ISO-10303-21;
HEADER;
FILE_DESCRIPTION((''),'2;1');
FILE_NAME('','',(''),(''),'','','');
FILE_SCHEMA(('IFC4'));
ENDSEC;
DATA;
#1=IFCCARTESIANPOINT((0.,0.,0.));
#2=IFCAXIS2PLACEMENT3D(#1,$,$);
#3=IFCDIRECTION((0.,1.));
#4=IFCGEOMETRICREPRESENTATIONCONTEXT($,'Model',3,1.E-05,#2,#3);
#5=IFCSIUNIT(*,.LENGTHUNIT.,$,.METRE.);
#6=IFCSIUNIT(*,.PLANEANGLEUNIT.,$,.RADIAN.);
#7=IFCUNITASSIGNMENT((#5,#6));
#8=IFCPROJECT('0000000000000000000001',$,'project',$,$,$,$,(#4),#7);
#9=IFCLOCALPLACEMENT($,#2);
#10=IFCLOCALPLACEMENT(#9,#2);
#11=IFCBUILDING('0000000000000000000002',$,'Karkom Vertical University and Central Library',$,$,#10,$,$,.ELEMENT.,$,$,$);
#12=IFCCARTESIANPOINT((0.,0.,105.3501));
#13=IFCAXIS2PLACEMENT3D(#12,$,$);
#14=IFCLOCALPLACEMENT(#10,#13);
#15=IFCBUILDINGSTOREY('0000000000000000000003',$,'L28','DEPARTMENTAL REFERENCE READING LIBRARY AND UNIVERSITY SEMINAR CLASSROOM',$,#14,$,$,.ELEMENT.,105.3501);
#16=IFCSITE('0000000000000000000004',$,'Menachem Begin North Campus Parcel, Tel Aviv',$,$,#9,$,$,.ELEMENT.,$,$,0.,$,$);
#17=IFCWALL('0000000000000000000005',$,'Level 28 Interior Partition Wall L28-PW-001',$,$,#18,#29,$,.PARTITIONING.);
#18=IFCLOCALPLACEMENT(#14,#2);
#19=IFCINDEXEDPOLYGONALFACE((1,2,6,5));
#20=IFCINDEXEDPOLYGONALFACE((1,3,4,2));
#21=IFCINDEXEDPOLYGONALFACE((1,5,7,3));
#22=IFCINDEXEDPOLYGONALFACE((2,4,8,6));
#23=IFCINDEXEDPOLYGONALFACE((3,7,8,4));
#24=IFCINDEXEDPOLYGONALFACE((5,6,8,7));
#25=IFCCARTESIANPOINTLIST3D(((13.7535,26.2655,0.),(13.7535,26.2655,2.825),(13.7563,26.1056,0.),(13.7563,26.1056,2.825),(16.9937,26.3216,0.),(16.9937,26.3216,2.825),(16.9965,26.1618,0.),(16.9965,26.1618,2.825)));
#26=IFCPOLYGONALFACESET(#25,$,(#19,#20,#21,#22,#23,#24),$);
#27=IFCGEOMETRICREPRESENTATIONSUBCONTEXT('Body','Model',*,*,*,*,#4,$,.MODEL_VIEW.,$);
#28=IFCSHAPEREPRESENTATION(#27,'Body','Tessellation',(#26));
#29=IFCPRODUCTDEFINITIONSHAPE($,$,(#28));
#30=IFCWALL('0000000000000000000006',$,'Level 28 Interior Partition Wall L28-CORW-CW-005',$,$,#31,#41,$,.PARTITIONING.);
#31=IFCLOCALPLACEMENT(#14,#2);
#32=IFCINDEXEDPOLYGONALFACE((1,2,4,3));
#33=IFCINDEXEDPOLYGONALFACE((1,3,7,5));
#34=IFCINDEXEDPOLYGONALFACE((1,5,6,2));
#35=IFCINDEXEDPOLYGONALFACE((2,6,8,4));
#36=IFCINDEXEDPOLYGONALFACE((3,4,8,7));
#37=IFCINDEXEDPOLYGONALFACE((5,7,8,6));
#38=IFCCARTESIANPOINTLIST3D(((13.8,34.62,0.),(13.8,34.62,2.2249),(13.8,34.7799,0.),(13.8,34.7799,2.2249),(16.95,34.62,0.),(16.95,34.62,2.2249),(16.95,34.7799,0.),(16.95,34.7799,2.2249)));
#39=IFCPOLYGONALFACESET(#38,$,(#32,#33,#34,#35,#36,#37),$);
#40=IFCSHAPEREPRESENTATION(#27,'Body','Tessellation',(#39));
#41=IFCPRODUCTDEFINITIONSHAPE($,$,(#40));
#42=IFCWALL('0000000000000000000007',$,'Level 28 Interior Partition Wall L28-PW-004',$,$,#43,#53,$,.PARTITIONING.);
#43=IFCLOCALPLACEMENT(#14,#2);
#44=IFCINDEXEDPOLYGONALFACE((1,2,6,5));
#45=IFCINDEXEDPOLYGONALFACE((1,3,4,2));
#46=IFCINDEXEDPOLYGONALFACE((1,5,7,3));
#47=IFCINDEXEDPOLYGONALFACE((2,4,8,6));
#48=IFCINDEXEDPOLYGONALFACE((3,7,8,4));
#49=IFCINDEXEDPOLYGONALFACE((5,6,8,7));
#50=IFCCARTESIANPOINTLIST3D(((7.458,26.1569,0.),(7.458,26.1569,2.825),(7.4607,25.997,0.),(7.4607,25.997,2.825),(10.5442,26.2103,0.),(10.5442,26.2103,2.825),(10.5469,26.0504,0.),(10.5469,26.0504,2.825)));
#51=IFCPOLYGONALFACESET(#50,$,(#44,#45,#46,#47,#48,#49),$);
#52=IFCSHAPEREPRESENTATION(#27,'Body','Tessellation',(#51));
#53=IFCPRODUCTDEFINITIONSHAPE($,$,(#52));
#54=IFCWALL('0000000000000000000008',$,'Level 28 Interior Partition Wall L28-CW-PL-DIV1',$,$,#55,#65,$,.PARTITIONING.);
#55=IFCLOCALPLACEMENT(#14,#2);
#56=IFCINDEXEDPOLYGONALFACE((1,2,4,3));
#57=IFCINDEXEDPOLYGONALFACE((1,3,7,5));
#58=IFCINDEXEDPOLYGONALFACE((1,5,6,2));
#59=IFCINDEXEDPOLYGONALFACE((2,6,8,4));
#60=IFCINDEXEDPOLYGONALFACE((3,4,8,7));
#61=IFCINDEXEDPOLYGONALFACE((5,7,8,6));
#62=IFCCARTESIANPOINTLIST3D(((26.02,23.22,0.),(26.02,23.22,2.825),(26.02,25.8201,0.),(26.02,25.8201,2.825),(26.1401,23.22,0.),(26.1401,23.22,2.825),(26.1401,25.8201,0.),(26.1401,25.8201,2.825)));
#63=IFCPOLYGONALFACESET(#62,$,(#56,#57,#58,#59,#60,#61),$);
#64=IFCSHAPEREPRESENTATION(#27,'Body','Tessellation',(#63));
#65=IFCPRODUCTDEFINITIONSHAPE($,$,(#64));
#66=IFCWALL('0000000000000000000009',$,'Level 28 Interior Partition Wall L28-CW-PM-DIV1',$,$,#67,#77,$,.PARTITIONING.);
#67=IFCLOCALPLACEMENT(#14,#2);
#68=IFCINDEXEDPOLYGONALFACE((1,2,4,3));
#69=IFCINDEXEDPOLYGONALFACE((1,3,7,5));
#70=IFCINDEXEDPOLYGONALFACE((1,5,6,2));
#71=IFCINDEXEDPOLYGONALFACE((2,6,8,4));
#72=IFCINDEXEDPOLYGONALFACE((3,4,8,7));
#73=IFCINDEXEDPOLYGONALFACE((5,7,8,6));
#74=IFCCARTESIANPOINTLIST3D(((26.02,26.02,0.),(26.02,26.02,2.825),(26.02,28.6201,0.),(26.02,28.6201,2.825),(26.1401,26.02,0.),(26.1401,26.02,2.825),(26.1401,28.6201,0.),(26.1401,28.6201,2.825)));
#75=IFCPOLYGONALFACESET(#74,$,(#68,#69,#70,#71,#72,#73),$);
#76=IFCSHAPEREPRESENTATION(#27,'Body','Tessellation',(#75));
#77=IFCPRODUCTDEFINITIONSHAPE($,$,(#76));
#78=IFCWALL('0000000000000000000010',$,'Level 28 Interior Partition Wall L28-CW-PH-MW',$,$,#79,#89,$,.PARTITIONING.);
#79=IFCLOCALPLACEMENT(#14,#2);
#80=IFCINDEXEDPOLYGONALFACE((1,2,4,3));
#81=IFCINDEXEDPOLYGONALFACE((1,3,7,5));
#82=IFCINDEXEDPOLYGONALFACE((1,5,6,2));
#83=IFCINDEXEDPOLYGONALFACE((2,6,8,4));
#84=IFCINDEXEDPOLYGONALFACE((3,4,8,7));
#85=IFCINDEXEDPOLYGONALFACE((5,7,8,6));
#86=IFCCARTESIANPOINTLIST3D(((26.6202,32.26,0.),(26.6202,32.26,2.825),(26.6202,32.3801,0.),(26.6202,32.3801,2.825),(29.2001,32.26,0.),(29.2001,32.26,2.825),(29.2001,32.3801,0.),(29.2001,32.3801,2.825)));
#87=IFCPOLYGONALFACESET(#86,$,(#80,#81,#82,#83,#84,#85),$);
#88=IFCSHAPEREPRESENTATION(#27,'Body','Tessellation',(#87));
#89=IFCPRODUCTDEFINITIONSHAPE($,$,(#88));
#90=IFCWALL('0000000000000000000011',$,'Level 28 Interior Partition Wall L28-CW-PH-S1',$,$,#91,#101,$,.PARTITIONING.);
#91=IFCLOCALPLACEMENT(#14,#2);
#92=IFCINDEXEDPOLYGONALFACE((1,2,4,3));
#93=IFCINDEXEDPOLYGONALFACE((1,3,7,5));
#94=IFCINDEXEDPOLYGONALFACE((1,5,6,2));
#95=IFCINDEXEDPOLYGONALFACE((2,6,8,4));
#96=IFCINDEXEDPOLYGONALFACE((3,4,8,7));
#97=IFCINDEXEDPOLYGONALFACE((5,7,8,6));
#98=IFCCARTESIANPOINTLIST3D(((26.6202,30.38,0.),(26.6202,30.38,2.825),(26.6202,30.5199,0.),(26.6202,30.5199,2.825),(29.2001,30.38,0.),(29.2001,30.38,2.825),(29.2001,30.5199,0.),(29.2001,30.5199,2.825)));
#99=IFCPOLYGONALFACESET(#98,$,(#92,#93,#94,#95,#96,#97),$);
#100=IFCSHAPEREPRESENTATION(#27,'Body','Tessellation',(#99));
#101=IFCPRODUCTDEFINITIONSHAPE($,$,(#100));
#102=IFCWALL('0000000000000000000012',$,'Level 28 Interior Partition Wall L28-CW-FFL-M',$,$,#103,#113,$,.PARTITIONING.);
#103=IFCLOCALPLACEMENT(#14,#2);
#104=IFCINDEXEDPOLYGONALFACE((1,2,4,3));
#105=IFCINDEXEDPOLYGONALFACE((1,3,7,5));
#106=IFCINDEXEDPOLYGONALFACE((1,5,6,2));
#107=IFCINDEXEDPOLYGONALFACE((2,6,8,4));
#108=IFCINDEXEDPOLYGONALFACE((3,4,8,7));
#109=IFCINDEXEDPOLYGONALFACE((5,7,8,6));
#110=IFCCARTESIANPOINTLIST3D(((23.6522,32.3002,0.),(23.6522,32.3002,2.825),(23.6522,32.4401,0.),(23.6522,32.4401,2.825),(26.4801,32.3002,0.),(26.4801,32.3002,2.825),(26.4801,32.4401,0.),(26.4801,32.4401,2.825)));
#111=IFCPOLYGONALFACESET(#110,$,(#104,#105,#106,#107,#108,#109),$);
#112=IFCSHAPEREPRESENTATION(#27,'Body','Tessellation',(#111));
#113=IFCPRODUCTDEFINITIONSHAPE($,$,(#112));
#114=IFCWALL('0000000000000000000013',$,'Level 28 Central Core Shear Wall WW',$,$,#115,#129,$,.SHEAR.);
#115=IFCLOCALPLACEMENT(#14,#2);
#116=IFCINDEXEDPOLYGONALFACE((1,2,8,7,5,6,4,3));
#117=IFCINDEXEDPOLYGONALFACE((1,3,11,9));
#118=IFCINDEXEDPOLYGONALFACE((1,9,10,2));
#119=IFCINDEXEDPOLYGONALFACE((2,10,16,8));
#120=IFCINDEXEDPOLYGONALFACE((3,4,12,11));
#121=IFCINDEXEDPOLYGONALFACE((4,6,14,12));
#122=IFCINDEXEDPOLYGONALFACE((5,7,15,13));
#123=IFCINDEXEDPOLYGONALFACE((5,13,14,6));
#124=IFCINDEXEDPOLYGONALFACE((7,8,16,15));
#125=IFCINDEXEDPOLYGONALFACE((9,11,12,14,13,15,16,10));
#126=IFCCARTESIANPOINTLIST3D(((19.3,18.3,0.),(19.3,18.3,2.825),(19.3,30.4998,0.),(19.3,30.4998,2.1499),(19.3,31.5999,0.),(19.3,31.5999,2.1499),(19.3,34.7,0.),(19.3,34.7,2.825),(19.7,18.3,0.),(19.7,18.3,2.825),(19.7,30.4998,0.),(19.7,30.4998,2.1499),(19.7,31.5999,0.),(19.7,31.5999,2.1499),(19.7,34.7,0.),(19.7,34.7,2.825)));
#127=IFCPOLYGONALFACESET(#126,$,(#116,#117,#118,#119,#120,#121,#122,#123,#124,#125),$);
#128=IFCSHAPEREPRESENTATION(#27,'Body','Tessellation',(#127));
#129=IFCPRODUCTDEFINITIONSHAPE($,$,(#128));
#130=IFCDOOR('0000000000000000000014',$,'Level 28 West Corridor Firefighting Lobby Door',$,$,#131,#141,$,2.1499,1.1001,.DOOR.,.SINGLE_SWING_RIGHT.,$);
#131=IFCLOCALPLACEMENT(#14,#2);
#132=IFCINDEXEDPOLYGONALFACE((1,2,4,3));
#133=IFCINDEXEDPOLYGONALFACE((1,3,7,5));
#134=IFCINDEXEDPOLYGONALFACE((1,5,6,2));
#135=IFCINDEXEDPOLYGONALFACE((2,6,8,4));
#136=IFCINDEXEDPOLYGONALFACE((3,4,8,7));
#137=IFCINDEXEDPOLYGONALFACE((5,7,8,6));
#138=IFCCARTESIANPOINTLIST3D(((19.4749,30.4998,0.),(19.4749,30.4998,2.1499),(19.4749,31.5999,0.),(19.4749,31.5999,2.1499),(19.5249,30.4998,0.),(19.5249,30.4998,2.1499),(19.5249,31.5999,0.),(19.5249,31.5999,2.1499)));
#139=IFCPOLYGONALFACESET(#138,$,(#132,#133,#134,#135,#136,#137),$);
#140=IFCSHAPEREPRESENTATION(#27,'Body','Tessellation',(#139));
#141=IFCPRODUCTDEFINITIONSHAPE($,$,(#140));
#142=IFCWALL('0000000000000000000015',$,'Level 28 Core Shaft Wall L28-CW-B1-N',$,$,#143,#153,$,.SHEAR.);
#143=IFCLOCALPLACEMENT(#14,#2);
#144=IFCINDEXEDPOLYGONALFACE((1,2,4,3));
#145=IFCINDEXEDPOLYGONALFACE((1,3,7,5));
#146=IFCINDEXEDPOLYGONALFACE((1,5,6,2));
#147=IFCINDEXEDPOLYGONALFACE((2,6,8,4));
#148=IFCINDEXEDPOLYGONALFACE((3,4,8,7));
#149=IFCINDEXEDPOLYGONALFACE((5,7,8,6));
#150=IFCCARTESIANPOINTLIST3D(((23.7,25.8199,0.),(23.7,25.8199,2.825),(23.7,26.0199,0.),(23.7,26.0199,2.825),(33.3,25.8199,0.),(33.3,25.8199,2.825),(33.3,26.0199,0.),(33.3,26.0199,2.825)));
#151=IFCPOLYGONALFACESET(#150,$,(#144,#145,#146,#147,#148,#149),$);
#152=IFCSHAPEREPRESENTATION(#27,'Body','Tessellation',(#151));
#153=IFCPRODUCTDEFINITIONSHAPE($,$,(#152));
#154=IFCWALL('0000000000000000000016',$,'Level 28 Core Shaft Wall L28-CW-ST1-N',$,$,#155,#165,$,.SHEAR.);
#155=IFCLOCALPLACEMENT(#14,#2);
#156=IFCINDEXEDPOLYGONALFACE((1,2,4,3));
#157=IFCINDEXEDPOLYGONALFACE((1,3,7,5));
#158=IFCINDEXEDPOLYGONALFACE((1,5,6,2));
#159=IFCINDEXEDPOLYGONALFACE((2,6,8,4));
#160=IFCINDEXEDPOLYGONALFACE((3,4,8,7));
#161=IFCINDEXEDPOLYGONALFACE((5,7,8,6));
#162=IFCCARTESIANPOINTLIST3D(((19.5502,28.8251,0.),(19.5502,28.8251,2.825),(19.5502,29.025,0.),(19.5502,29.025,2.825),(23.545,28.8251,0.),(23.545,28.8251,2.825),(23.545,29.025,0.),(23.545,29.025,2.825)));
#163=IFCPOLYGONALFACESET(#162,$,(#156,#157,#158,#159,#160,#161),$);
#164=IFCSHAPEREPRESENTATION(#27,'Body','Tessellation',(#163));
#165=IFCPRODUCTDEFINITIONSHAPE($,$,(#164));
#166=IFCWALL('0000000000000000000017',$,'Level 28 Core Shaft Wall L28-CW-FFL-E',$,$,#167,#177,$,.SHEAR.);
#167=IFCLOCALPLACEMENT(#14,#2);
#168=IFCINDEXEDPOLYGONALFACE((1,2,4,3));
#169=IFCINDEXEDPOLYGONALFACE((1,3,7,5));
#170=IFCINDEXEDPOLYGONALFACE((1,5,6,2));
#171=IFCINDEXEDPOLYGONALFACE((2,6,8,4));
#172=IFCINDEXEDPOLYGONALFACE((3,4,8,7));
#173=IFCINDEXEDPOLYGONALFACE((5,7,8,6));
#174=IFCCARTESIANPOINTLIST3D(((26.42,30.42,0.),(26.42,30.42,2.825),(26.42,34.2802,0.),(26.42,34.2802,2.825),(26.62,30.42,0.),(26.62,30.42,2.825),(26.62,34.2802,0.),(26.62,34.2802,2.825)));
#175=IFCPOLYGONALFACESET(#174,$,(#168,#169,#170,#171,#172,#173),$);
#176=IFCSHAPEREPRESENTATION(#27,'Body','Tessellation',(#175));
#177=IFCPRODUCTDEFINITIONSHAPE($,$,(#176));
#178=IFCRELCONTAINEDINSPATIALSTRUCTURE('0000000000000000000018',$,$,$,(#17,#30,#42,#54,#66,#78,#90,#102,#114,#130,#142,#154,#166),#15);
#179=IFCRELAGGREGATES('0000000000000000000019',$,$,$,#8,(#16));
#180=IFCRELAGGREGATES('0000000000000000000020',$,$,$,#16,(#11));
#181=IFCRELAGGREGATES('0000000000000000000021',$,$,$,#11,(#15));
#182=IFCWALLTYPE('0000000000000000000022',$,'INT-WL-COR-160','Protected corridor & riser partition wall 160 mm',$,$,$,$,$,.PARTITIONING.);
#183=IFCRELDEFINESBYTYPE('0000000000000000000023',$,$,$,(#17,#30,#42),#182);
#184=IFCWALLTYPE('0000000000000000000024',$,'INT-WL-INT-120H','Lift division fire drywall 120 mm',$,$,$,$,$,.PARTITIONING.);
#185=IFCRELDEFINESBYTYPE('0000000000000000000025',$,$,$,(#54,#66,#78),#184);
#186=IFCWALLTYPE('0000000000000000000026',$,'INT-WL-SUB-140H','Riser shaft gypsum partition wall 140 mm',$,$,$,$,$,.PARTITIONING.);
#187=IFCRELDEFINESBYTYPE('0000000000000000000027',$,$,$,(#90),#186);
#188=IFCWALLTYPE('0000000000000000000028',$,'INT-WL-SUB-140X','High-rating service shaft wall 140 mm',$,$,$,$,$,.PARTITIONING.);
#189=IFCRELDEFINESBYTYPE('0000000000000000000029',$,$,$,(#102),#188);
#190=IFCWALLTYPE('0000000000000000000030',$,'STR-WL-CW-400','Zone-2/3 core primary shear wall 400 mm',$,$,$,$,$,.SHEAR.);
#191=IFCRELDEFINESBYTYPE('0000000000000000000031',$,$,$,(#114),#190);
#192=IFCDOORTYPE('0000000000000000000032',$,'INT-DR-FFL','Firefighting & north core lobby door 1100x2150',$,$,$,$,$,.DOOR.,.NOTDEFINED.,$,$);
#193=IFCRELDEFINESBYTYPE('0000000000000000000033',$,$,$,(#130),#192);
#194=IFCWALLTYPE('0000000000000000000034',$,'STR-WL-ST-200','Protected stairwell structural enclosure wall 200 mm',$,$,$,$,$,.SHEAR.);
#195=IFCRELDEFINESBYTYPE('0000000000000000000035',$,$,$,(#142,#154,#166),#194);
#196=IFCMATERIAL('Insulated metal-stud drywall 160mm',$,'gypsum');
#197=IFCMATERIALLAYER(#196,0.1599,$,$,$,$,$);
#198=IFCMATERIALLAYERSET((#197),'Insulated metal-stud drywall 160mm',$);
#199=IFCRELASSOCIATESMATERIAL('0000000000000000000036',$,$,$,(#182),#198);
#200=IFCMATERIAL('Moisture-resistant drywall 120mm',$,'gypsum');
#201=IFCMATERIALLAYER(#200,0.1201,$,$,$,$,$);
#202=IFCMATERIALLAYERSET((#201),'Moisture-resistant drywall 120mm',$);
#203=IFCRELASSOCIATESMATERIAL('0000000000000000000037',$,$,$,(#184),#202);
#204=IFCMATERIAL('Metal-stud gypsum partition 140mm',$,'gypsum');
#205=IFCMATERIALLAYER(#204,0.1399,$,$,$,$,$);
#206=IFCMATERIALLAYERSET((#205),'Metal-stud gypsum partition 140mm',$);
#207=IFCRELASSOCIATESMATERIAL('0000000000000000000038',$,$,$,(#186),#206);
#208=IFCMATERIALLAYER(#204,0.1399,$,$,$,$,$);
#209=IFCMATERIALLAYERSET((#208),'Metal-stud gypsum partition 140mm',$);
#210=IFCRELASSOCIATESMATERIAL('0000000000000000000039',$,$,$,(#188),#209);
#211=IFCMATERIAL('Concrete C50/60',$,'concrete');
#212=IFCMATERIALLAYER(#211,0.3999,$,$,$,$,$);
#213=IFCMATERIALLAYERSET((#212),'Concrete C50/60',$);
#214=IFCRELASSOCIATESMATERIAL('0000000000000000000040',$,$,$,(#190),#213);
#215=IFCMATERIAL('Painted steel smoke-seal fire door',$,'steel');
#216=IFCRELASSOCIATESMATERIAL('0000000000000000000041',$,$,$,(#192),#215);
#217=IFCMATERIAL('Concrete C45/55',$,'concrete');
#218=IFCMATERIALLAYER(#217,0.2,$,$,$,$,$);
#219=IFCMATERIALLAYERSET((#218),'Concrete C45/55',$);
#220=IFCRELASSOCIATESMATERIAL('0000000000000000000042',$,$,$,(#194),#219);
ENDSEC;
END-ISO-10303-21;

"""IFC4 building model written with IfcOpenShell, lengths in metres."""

from ifc_helpers import new_model, si_unit, direction, frame, frame_2d, origin, origin_with_axes, place, context, subcontext, project, spatial, rectangle, extrude, source, transform, mapped, material, layer, layer_set, type_object, element, fill, save


model = new_model("IFC4")

# Units and contexts
model_context = context("Model", 3, precision=1e-05, world=origin(), true_north=direction((0.0, 1.0)))
body_context = subcontext(model_context, "Body", "Model", "MODEL_VIEW")
ifc_project = project(units=[si_unit("LENGTHUNIT", "METRE"), si_unit("PLANEANGLEUNIT", "RADIAN")], contexts=[model_context])

# Site, building, storey
site_placement = place(None, origin())
site = spatial("IfcSite", under=ifc_project, at=site_placement, Name="Menachem Begin North Campus Parcel, Tel Aviv", CompositionType="ELEMENT", RefElevation=0.0)
building_placement = place(site_placement, origin())
building = spatial("IfcBuilding", under=site, at=building_placement, Name="Karkom Vertical University and Central Library", CompositionType="ELEMENT")
storey_placement = place(building_placement, frame((0.0, 0.0, 105.3501)))
storey = spatial("IfcBuildingStorey", under=building, at=storey_placement, Name="L28", Description="DEPARTMENTAL REFERENCE READING LIBRARY AND UNIVERSITY SEMINAR CLASSROOM", CompositionType="ELEMENT", Elevation=105.3501)

# Shared definitions
ifc_material_1 = material(Name="Concrete C50/60", Category="concrete")

# Shared definitions
ifc_material_2 = material(Name="Insulated metal-stud drywall 160mm", Category="gypsum")
ifc_layer_1 = layer(ifc_material_2, 0.1599)
ifc_layer_set_1 = layer_set([ifc_layer_1], Name="Insulated metal-stud drywall 160mm")
wall_type_1 = type_object("IfcWallType", Name="INT-WL-COR-160", Description="Protected corridor & riser partition wall 160 mm", PredefinedType="PARTITIONING", material=ifc_layer_set_1)

# Walls
wall_1_placement = place(storey_placement, frame((13.7549, 26.1855, 0.0), z_axis=(0.0, 0.0, 1.0), x_axis=(0.99985, 0.017327, 0.0)))
element("IfcWall", 1, at=wall_1_placement, inside=storey, type_object=wall_type_1, Name="Level 28 Interior Partition Wall L28-PW-001", PredefinedType="PARTITIONING", context=body_context, shape_type="SweptSolid", body=[
    extrude(rectangle(XDim=3.2407, YDim=0.1599, at=frame_2d((1.6204, 0.0))), origin(), (0.0, 0.0, 1.0), 2.825),
])
wall_2_placement = place(storey_placement, frame((16.95, 34.7, 0.0), z_axis=(0.0, 0.0, 1.0), x_axis=(-1.0, 0.0, 0.0)))
element("IfcWall", 2, at=wall_2_placement, inside=storey, type_object=wall_type_1, Name="Level 28 Interior Partition Wall L28-CORW-CW-005", PredefinedType="PARTITIONING", context=body_context, shape_type="SweptSolid", body=[
    extrude(rectangle(XDim=3.1499, YDim=0.1599, at=frame_2d((1.575, 0.0))), origin(), (0.0, 0.0, 1.0), 2.2249),
])
wall_3_placement = place(storey_placement, frame((7.4592, 26.0769, 0.0), z_axis=(0.0, 0.0, 1.0), x_axis=(0.99985, 0.017322, 0.0)))
element("IfcWall", 3, at=wall_3_placement, inside=storey, type_object=wall_type_1, Name="Level 28 Interior Partition Wall L28-PW-004", PredefinedType="PARTITIONING", context=body_context, shape_type="SweptSolid", body=[
    extrude(rectangle(XDim=3.0867, YDim=0.1599, at=frame_2d((1.5435, 0.0))), origin(), (0.0, 0.0, 1.0), 2.825),
])
ifc_material_3 = material(Name="Moisture-resistant drywall 120mm", Category="gypsum")
ifc_layer_2 = layer(ifc_material_3, 0.1201)
ifc_layer_set_2 = layer_set([ifc_layer_2], Name="Moisture-resistant drywall 120mm")
wall_type_2 = type_object("IfcWallType", Name="INT-WL-INT-120H", Description="Lift division fire drywall 120 mm", PredefinedType="PARTITIONING", material=ifc_layer_set_2)
for number, where, z_axis, x_axis, name in (
    (4, (26.0801, 23.22, 0.0), (0.0, 0.0, 1.0), (0.0, 1.0, 0.0), "Level 28 Interior Partition Wall L28-CW-PL-DIV1"),
    (5, (26.0801, 26.02, 0.0), (0.0, 0.0, 1.0), (0.0, 1.0, 0.0), "Level 28 Interior Partition Wall L28-CW-PM-DIV1"),
):
    element("IfcWall", number, at=place(storey_placement, frame(where, z_axis=z_axis, x_axis=x_axis)), inside=storey, type_object=wall_type_2, Name=name, PredefinedType="PARTITIONING", context=body_context, shape_type="SweptSolid", body=[
        extrude(rectangle(XDim=2.6001, YDim=0.1201, at=frame_2d((1.3, 0.0))), origin(), (0.0, 0.0, 1.0), 2.825),
    ])
wall_4_placement = place(storey_placement, frame((26.6201, 32.3201, 0.0), z_axis=(0.0, 0.0, 1.0), x_axis=(1.0, 0.0, 0.0)))
element("IfcWall", 6, at=wall_4_placement, inside=storey, type_object=wall_type_2, Name="Level 28 Interior Partition Wall L28-CW-PH-MW", PredefinedType="PARTITIONING", context=body_context, shape_type="SweptSolid", body=[
    extrude(rectangle(XDim=2.5798, YDim=0.1201, at=frame_2d((1.29, 0.0))), origin(), (0.0, 0.0, 1.0), 2.825),
])
ifc_material_4 = material(Name="Metal-stud gypsum partition 140mm", Category="gypsum")
ifc_layer_3 = layer(ifc_material_4, 0.1399)
ifc_layer_set_3 = layer_set([ifc_layer_3], Name="Metal-stud gypsum partition 140mm")
wall_type_3 = type_object("IfcWallType", Name="INT-WL-SUB-140H", Description="Riser shaft gypsum partition wall 140 mm", PredefinedType="PARTITIONING", material=ifc_layer_set_3)
wall_5_placement = place(storey_placement, frame((26.6201, 30.45, 0.0), z_axis=(0.0, 0.0, 1.0), x_axis=(1.0, 0.0, 0.0)))
element("IfcWall", 7, at=wall_5_placement, inside=storey, type_object=wall_type_3, Name="Level 28 Interior Partition Wall L28-CW-PH-S1", PredefinedType="PARTITIONING", context=body_context, shape_type="SweptSolid", body=[
    extrude(rectangle(XDim=2.5798, YDim=0.1399, at=frame_2d((1.29, 0.0))), origin(), (0.0, 0.0, 1.0), 2.825),
])
ifc_layer_4 = layer(ifc_material_4, 0.1399)
ifc_layer_set_4 = layer_set([ifc_layer_4], Name="Metal-stud gypsum partition 140mm")
wall_type_4 = type_object("IfcWallType", Name="INT-WL-SUB-140X", Description="High-rating service shaft wall 140 mm", PredefinedType="PARTITIONING", material=ifc_layer_set_4)
wall_6_placement = place(storey_placement, frame((23.6521, 32.3701, 0.0), z_axis=(0.0, 0.0, 1.0), x_axis=(1.0, 0.0, 0.0)))
element("IfcWall", 8, at=wall_6_placement, inside=storey, type_object=wall_type_4, Name="Level 28 Interior Partition Wall L28-CW-FFL-M", PredefinedType="PARTITIONING", context=body_context, shape_type="SweptSolid", body=[
    extrude(rectangle(XDim=2.8279, YDim=0.1399, at=frame_2d((1.4141, 0.0))), origin(), (0.0, 0.0, 1.0), 2.825),
])

# Wall, opening, door
ifc_layer_5 = layer(ifc_material_1, 0.3999)
ifc_layer_set_5 = layer_set([ifc_layer_5], Name="Concrete C50/60")
wall_type_5 = type_object("IfcWallType", Name="STR-WL-CW-400", Description="Zone-2/3 core primary shear wall 400 mm", PredefinedType="SHEAR", material=ifc_layer_set_5)
wall_7_placement = place(storey_placement, frame((19.5, 34.7, 0.0), z_axis=(0.0, 0.0, 1.0), x_axis=(0.0, -1.0, 0.0)))
wall_7 = element("IfcWall", 9, at=wall_7_placement, inside=storey, type_object=wall_type_5, Name="Level 28 Central Core Shear Wall WW", PredefinedType="SHEAR", context=body_context, shape_type="SweptSolid", body=[
    extrude(rectangle(XDim=16.3999, YDim=0.3999, at=frame_2d((8.2, 0.0))), origin(), (0.0, 0.0, 1.0), 2.825),
])
opening_1_placement = place(wall_7_placement, frame((3.1001, 0.0, 0.0)))
opening_1 = element("IfcOpeningElement", 10, at=opening_1_placement, cuts=wall_7, PredefinedType="OPENING", context=body_context, shape_type="SweptSolid", body=[
    extrude(rectangle(XDim=1.1001, YDim=2.1499, at=frame_2d((0.55, 1.075))), frame((0.0, 0.21, 0.0), z_axis=(0.0, -1.0, 0.0), x_axis=(1.0, 0.0, 0.0)), (0.0, 0.0, 1.0), 0.4199),
])
ifc_material_5 = material(Name="Painted steel smoke-seal fire door", Category="steel")
door_type_1 = type_object("IfcDoorType", Name="INT-DR-FFL", Description="Firefighting & north core lobby door 1100x2150", OperationType="NOTDEFINED", PredefinedType="DOOR", material=ifc_material_5)
shared_shape_1 = source(origin_with_axes(), body_context, "Body", "SweptSolid", [
    extrude(rectangle(XDim=1.1001, YDim=2.1499, at=frame_2d((0.55, 1.075))), frame((0.0, 0.0249, 0.0), z_axis=(0.0, -1.0, 0.0), x_axis=(1.0, 0.0, 0.0)), (0.0, 0.0, 1.0), 0.05),
])
door_1_placement = place(opening_1_placement, origin())
door_1 = element("IfcDoor", 11, at=door_1_placement, inside=storey, type_object=door_type_1, Name="Level 28 West Corridor Firefighting Lobby Door", OperationType="SINGLE_SWING_RIGHT", OverallHeight=2.1499, OverallWidth=1.1001, PredefinedType="DOOR", context=body_context, shape_type="MappedRepresentation", body=[
    mapped(shared_shape_1, transform((0.0, 0.0, 0.0), scale=1.0)),
])
fill(opening_1, door_1)

# Wall
ifc_material_6 = material(Name="Concrete C45/55", Category="concrete")
ifc_layer_6 = layer(ifc_material_6, 0.2)
ifc_layer_set_6 = layer_set([ifc_layer_6], Name="Concrete C45/55")
wall_type_6 = type_object("IfcWallType", Name="STR-WL-ST-200", Description="Protected stairwell structural enclosure wall 200 mm", PredefinedType="SHEAR", material=ifc_layer_set_6)
wall_8_placement = place(storey_placement, frame((23.7, 25.9199, 0.0), z_axis=(0.0, 0.0, 1.0), x_axis=(1.0, 0.0, 0.0)))
element("IfcWall", 12, at=wall_8_placement, inside=storey, type_object=wall_type_6, Name="Level 28 Core Shaft Wall L28-CW-B1-N", PredefinedType="SHEAR", context=body_context, shape_type="SweptSolid", body=[
    extrude(rectangle(XDim=9.6001, YDim=0.2, at=frame_2d((4.8, 0.0))), origin(), (0.0, 0.0, 1.0), 2.825),
])

# Walls
wall_9_placement = place(storey_placement, frame((19.55, 28.925, 0.0), z_axis=(0.0, 0.0, 1.0), x_axis=(1.0, 0.0, 0.0)))
element("IfcWall", 13, at=wall_9_placement, inside=storey, type_object=wall_type_6, Name="Level 28 Core Shaft Wall L28-CW-ST1-N", PredefinedType="SHEAR", context=body_context, shape_type="SweptSolid", body=[
    extrude(rectangle(XDim=3.9949, YDim=0.2, at=frame_2d((1.9976, 0.0))), origin(), (0.0, 0.0, 1.0), 2.825),
])
wall_10_placement = place(storey_placement, frame((26.52, 30.4199, 0.0), z_axis=(0.0, 0.0, 1.0), x_axis=(0.0, 1.0, 0.0)))
element("IfcWall", 14, at=wall_10_placement, inside=storey, type_object=wall_type_6, Name="Level 28 Core Shaft Wall L28-CW-FFL-E", PredefinedType="SHEAR", context=body_context, shape_type="SweptSolid", body=[
    extrude(rectangle(XDim=3.8601, YDim=0.2, at=frame_2d((1.9302, 0.0))), origin(), (0.0, 0.0, 1.0), 2.825),
])

save(model, "model.ifc")
